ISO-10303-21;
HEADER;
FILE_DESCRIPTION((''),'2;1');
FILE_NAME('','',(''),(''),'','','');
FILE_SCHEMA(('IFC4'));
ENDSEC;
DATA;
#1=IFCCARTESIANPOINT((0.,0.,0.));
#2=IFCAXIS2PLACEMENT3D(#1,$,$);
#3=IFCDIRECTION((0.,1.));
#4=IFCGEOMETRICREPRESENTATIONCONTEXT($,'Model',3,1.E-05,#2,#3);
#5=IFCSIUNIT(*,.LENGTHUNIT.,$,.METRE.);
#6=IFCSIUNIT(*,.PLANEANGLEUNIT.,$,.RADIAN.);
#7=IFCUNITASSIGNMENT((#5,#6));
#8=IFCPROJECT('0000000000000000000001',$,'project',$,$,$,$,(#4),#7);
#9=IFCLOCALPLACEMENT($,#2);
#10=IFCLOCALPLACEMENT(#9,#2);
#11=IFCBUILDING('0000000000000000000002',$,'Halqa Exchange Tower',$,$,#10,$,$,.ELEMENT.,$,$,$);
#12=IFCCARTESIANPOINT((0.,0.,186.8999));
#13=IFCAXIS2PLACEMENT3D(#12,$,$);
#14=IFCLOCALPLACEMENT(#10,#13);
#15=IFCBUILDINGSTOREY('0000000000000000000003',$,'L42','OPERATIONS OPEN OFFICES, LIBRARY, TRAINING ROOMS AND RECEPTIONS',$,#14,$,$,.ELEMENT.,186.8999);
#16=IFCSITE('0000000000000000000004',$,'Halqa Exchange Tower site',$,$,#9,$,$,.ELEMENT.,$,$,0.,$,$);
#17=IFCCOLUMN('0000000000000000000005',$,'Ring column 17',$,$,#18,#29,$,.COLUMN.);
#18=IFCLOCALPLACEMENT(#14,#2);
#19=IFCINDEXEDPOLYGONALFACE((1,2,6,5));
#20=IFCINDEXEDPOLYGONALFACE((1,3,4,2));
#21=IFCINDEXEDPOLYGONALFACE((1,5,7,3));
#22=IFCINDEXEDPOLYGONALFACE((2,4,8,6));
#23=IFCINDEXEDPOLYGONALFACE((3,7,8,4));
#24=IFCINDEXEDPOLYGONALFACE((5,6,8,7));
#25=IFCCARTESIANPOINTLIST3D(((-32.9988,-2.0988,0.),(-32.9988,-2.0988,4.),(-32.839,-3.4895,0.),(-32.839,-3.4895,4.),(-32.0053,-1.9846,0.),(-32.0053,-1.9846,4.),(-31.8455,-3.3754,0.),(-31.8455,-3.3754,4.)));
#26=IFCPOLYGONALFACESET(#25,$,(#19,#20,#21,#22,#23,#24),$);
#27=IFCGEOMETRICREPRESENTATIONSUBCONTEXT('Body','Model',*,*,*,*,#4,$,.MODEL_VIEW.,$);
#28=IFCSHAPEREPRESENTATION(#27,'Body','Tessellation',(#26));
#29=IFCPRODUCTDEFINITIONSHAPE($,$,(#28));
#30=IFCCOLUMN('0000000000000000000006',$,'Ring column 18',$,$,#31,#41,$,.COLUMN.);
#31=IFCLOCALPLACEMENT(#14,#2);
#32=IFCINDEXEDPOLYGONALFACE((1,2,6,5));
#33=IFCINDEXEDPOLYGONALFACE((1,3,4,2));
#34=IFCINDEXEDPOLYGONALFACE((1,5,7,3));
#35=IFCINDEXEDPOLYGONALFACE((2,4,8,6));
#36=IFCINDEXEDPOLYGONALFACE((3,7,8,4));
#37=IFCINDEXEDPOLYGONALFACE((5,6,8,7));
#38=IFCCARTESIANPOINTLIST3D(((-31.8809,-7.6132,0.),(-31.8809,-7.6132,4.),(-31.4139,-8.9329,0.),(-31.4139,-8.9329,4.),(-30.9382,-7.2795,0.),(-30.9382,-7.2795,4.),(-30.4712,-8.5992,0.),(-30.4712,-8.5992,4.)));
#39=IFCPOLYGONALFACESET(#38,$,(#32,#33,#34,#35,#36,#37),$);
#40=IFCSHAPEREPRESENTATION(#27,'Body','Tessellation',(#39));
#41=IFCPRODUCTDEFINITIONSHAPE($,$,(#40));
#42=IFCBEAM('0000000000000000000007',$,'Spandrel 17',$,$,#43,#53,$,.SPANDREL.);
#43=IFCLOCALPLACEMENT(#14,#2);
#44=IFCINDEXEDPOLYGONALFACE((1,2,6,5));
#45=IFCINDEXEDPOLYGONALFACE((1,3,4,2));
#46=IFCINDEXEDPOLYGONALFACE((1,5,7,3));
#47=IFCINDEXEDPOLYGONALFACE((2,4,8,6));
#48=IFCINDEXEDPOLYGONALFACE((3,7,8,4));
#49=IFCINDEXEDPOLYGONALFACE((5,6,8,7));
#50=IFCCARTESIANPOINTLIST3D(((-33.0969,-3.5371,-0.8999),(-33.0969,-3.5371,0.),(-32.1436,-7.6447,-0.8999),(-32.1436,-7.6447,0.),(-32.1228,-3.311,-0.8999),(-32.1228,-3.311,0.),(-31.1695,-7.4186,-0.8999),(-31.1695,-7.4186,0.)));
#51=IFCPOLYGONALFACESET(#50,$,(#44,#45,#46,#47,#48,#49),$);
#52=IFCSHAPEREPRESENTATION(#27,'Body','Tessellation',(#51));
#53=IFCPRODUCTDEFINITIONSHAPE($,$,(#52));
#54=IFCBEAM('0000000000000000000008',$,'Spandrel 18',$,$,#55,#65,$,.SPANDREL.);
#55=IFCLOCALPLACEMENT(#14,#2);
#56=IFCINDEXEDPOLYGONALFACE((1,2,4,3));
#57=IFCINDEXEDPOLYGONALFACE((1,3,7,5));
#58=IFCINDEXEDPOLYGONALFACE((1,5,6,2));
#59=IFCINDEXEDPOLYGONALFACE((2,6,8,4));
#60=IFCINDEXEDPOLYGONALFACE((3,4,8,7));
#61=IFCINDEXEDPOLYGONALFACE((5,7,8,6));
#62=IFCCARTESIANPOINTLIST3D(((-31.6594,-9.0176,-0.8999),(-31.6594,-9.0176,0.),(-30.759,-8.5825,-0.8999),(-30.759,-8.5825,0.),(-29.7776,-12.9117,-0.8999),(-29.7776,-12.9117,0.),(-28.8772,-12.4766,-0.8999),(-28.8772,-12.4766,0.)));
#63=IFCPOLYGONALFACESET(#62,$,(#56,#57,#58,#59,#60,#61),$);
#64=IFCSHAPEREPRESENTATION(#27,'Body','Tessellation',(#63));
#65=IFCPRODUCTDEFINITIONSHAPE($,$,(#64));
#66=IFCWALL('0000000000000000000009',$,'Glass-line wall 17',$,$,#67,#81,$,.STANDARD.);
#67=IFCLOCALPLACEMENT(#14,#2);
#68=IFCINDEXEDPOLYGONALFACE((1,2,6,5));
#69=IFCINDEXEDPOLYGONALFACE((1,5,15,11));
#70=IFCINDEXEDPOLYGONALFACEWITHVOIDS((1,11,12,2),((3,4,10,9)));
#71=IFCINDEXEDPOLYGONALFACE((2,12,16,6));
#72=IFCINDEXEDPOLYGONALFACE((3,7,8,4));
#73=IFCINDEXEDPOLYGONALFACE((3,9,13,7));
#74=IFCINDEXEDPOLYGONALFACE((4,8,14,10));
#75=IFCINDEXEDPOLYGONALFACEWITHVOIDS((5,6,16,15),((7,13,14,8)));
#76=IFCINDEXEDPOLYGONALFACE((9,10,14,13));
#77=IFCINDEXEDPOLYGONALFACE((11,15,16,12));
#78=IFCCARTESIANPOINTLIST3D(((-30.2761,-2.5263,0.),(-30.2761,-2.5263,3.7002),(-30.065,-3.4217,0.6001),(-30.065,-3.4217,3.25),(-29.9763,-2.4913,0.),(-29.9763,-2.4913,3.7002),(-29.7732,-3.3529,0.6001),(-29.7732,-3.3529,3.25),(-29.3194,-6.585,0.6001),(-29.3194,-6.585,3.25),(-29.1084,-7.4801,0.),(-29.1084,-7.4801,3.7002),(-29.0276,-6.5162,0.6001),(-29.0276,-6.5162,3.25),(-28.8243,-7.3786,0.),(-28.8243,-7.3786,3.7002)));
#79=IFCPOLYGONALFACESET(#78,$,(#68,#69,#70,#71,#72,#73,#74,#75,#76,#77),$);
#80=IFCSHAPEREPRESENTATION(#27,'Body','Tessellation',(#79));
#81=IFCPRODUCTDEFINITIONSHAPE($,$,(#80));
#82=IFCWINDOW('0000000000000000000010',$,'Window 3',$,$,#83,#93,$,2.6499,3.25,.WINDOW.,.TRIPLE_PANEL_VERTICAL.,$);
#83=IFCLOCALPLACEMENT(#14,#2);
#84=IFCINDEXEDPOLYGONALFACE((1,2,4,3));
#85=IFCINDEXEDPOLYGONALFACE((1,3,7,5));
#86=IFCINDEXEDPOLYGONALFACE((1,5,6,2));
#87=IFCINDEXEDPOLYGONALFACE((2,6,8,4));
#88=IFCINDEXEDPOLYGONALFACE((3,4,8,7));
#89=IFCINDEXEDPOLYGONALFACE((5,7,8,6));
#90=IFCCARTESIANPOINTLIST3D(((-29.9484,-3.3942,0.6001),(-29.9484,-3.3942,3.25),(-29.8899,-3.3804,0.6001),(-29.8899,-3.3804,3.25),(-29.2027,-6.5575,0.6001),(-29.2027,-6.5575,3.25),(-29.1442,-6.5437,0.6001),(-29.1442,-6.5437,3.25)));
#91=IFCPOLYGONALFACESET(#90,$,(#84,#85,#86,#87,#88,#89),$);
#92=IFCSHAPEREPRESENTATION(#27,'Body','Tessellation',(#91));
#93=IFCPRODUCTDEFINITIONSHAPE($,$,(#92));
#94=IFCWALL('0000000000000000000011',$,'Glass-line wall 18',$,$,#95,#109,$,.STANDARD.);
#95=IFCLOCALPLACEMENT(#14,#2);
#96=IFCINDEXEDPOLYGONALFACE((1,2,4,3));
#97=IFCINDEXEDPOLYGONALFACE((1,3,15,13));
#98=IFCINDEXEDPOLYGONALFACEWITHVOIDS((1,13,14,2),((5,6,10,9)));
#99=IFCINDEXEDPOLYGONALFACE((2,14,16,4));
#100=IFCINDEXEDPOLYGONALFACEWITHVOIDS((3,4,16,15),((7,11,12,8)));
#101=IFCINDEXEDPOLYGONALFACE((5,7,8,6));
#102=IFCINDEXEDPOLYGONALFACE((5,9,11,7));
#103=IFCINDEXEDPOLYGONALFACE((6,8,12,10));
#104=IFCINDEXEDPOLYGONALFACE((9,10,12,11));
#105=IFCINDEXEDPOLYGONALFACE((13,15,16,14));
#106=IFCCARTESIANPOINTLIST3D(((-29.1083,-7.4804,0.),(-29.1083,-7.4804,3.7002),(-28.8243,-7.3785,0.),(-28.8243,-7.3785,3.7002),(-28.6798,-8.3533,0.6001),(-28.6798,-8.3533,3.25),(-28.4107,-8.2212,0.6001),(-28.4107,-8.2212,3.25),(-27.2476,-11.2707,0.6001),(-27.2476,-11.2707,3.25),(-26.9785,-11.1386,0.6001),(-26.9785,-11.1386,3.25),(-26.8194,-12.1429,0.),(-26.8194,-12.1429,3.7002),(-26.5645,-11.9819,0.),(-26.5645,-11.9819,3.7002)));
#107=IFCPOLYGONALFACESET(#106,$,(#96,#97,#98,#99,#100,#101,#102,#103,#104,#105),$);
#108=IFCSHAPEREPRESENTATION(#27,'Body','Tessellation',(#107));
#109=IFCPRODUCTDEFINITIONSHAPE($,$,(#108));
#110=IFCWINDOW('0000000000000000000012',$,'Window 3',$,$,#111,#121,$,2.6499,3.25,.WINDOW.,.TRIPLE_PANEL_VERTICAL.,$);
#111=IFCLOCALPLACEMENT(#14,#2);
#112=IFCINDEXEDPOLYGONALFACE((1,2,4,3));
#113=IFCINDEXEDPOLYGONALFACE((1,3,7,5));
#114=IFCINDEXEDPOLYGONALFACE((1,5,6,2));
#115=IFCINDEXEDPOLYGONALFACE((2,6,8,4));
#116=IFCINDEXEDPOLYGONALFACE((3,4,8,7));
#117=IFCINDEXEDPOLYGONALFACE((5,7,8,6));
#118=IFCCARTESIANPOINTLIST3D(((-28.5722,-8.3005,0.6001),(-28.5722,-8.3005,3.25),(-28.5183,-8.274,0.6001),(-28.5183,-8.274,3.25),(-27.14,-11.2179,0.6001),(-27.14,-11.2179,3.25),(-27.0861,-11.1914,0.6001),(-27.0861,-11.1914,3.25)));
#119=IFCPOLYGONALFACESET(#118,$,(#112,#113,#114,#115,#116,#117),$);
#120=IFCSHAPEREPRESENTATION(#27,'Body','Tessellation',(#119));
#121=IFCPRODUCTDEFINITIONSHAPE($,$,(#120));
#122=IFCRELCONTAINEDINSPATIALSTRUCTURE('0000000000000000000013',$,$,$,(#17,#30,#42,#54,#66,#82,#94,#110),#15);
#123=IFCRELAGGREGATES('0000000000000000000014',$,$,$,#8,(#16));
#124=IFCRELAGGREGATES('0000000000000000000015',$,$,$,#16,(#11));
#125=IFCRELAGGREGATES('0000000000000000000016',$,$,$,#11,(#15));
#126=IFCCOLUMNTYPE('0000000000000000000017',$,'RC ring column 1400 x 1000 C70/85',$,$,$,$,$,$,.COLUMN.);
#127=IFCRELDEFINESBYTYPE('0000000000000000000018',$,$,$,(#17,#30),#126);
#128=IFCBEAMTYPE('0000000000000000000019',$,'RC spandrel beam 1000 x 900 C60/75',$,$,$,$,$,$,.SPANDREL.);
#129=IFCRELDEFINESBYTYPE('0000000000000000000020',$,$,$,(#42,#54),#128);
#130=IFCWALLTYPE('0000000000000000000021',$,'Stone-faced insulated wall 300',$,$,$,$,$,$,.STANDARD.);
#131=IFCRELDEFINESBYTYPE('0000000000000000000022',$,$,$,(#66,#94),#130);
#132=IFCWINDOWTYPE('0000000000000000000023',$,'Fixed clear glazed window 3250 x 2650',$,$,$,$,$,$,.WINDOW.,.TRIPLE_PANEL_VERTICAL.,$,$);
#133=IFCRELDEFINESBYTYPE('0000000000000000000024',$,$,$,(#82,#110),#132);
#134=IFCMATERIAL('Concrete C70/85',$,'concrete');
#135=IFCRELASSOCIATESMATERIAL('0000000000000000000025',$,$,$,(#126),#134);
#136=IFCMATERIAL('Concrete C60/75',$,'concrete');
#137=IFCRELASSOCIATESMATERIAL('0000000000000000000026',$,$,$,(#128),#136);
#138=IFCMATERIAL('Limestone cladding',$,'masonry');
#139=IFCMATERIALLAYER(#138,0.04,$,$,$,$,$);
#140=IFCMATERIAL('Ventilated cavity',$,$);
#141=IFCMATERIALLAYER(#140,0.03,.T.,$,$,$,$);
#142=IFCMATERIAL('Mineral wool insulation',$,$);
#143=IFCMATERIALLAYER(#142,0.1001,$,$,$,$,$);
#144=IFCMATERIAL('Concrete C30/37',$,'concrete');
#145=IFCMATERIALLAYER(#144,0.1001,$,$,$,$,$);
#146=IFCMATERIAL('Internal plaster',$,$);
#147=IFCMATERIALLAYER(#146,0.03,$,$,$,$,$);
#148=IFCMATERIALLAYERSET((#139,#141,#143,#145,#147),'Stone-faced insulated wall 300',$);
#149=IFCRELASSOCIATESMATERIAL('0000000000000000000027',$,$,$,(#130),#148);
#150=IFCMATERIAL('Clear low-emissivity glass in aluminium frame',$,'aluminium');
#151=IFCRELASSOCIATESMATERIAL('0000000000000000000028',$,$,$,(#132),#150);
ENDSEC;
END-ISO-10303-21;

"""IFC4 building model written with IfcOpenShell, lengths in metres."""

from ifc_helpers import new_model, si_unit, direction, frame, frame_2d, origin, origin_2d, place, context, subcontext, project, spatial, polyline, rectangle, outline, extrude, material, layer, layer_set, material_profile, profile_set, type_object, element, fill, save


model = new_model("IFC4")

# Units and contexts
model_context = context("Model", 3, precision=1e-05, world=origin(), true_north=direction((0.0, 1.0)))
body_context = subcontext(model_context, "Body", "Model", "MODEL_VIEW")
ifc_project = project(units=[si_unit("LENGTHUNIT", "METRE"), si_unit("PLANEANGLEUNIT", "RADIAN")], contexts=[model_context])

# Site, building, storey
site_placement = place(None, origin())
site = spatial("IfcSite", under=ifc_project, at=site_placement, Name="Halqa Exchange Tower site", CompositionType="ELEMENT", RefElevation=0.0)
building_placement = place(site_placement, origin())
building = spatial("IfcBuilding", under=site, at=building_placement, Name="Halqa Exchange Tower", CompositionType="ELEMENT")
storey_placement = place(building_placement, frame((0.0, 0.0, 186.8999)))
storey = spatial("IfcBuildingStorey", under=building, at=storey_placement, Name="L42", Description="OPERATIONS OPEN OFFICES, LIBRARY, TRAINING ROOMS AND RECEPTIONS", CompositionType="ELEMENT", Elevation=186.8999)

# Columns
ifc_material_1 = material(Name="Concrete C70/85", Category="concrete")
ifc_material_profile_1 = material_profile(ifc_material_1, rectangle(XDim=1.3999, YDim=1.0, at=origin_2d()), Name="1400 x 1000")
ifc_profile_set_1 = profile_set([ifc_material_profile_1], Name="Concrete C70/85")
column_type = type_object("IfcColumnType", Name="RC ring column 1400 x 1000 C70/85", PredefinedType="COLUMN", material=ifc_profile_set_1)
for number, where, z_axis, x_axis, name in (
    (1, (-32.4221, -2.7371, 0.0), (0.0, 0.0, 1.0), (0.11415, -0.993464, 0.0), "Ring column 17"),
    (2, (-31.176, -8.1062, 0.0), (0.0, 0.0, 1.0), (0.333626, -0.942706, 0.0), "Ring column 18"),
):
    element("IfcColumn", number, at=place(storey_placement, frame(where, z_axis=z_axis, x_axis=x_axis)), inside=storey, type_object=column_type, Name=name, PredefinedType="COLUMN", context=body_context, shape_type="SweptSolid", body=[
        extrude(rectangle(XDim=1.3999, YDim=1.0, at=origin_2d()), origin(), (0.0, 0.0, 1.0), 4.0),
    ])

# Beams
ifc_material_2 = material(Name="Concrete C60/75", Category="concrete")
ifc_material_profile_2 = material_profile(ifc_material_2, rectangle(XDim=1.0, YDim=0.8999, at=origin_2d()), Name="1000 x 900")
ifc_profile_set_2 = profile_set([ifc_material_profile_2], Name="Concrete C60/75")
beam_type = type_object("IfcBeamType", Name="RC spandrel beam 1000 x 900 C60/75", PredefinedType="SPANDREL", material=ifc_profile_set_2)
beam_1_placement = place(storey_placement, frame((-32.6099, -3.4241, -0.45), z_axis=(0.226086, -0.974107, 0.0), x_axis=(0.974107, 0.226086, 0.0)))
element("IfcBeam", 3, at=beam_1_placement, inside=storey, type_object=beam_type, Name="Spandrel 17", PredefinedType="SPANDREL", context=body_context, shape_type="SweptSolid", body=[
    extrude(rectangle(XDim=1.0, YDim=0.8999, at=origin_2d()), origin(), (0.0, 0.0, 1.0), 4.2168),
])
beam_2_placement = place(storey_placement, frame((-31.2092, -8.8, -0.45), z_axis=(0.435115, -0.900375, 0.0), x_axis=(0.900375, 0.435115, 0.0)))
element("IfcBeam", 4, at=beam_2_placement, inside=storey, type_object=beam_type, Name="Spandrel 18", PredefinedType="SPANDREL", context=body_context, shape_type="SweptSolid", body=[
    extrude(rectangle(XDim=1.0, YDim=0.8999, at=origin_2d()), origin(), (0.0, 0.0, 1.0), 4.325),
])

# Walls, openings, windows
ifc_material_3 = material(Name="Limestone cladding", Category="masonry")
ifc_layer_1 = layer(ifc_material_3, 0.04)
ifc_material_4 = material(Name="Ventilated cavity")
ifc_layer_2 = layer(ifc_material_4, 0.03, ventilated=True)
ifc_material_5 = material(Name="Mineral wool insulation")
ifc_layer_3 = layer(ifc_material_5, 0.1001)
ifc_material_6 = material(Name="Concrete C30/37", Category="concrete")
ifc_layer_4 = layer(ifc_material_6, 0.1001)
ifc_material_7 = material(Name="Internal plaster")
ifc_layer_5 = layer(ifc_material_7, 0.03)
ifc_layer_set = layer_set([ifc_layer_1, ifc_layer_2, ifc_layer_3, ifc_layer_4, ifc_layer_5], Name="Stone-faced insulated wall 300")
wall_type = type_object("IfcWallType", Name="Stone-faced insulated wall 300", PredefinedType="STANDARD", material=ifc_layer_set)
wall_1_placement = place(storey_placement, frame((-30.1262, -2.5088, 0.0), z_axis=(0.0, 0.0, 1.0), x_axis=(0.229435, -0.973324, 0.0)))
wall_1 = element("IfcWall", 5, at=wall_1_placement, inside=storey, type_object=wall_type, Name="Glass-line wall 17", PredefinedType="STANDARD", context=body_context, shape_type="SweptSolid", body=[
    extrude(outline(polyline([(-0.0173, -0.1499), (5.0723, -0.1499), (5.0386, 0.1499), (0.0173, 0.1499), (-0.0173, -0.1499)])), origin(), (0.0, 0.0, 1.0), 3.7002),
])
opening_1_placement = place(wall_1_placement, frame((0.9026, 0.0, 0.6001)))
opening_1 = element("IfcOpeningElement", 6, at=opening_1_placement, cuts=wall_1, PredefinedType="OPENING", context=body_context, shape_type="SweptSolid", body=[
    extrude(rectangle(XDim=3.25, YDim=2.6499, at=frame_2d((1.625, 1.325))), frame((0.0, 0.1621, 0.0), z_axis=(0.0, -1.0, 0.0), x_axis=(1.0, 0.0, 0.0)), (0.0, 0.0, 1.0), 0.324),
])
ifc_material_8 = material(Name="Clear low-emissivity glass in aluminium frame", Category="aluminium")
window_type = type_object("IfcWindowType", Name="Fixed clear glazed window 3250 x 2650", PartitioningType="TRIPLE_PANEL_VERTICAL", PredefinedType="WINDOW", material=ifc_material_8)
window_1_placement = place(opening_1_placement, origin())
window_1 = element("IfcWindow", 7, at=window_1_placement, inside=storey, type_object=window_type, Name="Window 3", OverallHeight=2.6499, OverallWidth=3.25, PartitioningType="TRIPLE_PANEL_VERTICAL", PredefinedType="WINDOW", context=body_context, shape_type="SweptSolid", body=[
    extrude(rectangle(XDim=3.25, YDim=2.6499, at=frame_2d((1.625, 1.325))), frame((0.0, 0.03, 0.0), z_axis=(0.0, -1.0, 0.0), x_axis=(1.0, 0.0, 0.0)), (0.0, 0.0, 1.0), 0.0601),
])
fill(opening_1, window_1)
wall_2_placement = place(storey_placement, frame((-28.9663, -7.4294, 0.0), z_axis=(0.0, 0.0, 1.0), x_axis=(0.440674, -0.897667, 0.0)))
wall_2 = element("IfcWall", 8, at=wall_2_placement, inside=storey, type_object=wall_type, Name="Glass-line wall 18", PredefinedType="STANDARD", context=body_context, shape_type="SweptSolid", body=[
    extrude(outline(polyline([(-0.0168, -0.1499), (5.1772, -0.1499), (5.145, 0.1499), (0.0168, 0.1499), (-0.0168, -0.1499)])), origin(), (0.0, 0.0, 1.0), 3.7002),
])
opening_2_placement = place(wall_2_placement, frame((0.9556, 0.0, 0.6001)))
opening_2 = element("IfcOpeningElement", 9, at=opening_2_placement, cuts=wall_2, PredefinedType="OPENING", context=body_context, shape_type="SweptSolid", body=[
    extrude(rectangle(XDim=3.25, YDim=2.6499, at=frame_2d((1.625, 1.325))), frame((0.0, 0.1621, 0.0), z_axis=(0.0, -1.0, 0.0), x_axis=(1.0, 0.0, 0.0)), (0.0, 0.0, 1.0), 0.324),
])
window_2_placement = place(opening_2_placement, origin())
window_2 = element("IfcWindow", 10, at=window_2_placement, inside=storey, type_object=window_type, Name="Window 3", OverallHeight=2.6499, OverallWidth=3.25, PartitioningType="TRIPLE_PANEL_VERTICAL", PredefinedType="WINDOW", context=body_context, shape_type="SweptSolid", body=[
    extrude(rectangle(XDim=3.25, YDim=2.6499, at=frame_2d((1.625, 1.325))), frame((0.0, 0.03, 0.0), z_axis=(0.0, -1.0, 0.0), x_axis=(1.0, 0.0, 0.0)), (0.0, 0.0, 1.0), 0.0601),
])
fill(opening_2, window_2)

save(model, "model.ifc")
